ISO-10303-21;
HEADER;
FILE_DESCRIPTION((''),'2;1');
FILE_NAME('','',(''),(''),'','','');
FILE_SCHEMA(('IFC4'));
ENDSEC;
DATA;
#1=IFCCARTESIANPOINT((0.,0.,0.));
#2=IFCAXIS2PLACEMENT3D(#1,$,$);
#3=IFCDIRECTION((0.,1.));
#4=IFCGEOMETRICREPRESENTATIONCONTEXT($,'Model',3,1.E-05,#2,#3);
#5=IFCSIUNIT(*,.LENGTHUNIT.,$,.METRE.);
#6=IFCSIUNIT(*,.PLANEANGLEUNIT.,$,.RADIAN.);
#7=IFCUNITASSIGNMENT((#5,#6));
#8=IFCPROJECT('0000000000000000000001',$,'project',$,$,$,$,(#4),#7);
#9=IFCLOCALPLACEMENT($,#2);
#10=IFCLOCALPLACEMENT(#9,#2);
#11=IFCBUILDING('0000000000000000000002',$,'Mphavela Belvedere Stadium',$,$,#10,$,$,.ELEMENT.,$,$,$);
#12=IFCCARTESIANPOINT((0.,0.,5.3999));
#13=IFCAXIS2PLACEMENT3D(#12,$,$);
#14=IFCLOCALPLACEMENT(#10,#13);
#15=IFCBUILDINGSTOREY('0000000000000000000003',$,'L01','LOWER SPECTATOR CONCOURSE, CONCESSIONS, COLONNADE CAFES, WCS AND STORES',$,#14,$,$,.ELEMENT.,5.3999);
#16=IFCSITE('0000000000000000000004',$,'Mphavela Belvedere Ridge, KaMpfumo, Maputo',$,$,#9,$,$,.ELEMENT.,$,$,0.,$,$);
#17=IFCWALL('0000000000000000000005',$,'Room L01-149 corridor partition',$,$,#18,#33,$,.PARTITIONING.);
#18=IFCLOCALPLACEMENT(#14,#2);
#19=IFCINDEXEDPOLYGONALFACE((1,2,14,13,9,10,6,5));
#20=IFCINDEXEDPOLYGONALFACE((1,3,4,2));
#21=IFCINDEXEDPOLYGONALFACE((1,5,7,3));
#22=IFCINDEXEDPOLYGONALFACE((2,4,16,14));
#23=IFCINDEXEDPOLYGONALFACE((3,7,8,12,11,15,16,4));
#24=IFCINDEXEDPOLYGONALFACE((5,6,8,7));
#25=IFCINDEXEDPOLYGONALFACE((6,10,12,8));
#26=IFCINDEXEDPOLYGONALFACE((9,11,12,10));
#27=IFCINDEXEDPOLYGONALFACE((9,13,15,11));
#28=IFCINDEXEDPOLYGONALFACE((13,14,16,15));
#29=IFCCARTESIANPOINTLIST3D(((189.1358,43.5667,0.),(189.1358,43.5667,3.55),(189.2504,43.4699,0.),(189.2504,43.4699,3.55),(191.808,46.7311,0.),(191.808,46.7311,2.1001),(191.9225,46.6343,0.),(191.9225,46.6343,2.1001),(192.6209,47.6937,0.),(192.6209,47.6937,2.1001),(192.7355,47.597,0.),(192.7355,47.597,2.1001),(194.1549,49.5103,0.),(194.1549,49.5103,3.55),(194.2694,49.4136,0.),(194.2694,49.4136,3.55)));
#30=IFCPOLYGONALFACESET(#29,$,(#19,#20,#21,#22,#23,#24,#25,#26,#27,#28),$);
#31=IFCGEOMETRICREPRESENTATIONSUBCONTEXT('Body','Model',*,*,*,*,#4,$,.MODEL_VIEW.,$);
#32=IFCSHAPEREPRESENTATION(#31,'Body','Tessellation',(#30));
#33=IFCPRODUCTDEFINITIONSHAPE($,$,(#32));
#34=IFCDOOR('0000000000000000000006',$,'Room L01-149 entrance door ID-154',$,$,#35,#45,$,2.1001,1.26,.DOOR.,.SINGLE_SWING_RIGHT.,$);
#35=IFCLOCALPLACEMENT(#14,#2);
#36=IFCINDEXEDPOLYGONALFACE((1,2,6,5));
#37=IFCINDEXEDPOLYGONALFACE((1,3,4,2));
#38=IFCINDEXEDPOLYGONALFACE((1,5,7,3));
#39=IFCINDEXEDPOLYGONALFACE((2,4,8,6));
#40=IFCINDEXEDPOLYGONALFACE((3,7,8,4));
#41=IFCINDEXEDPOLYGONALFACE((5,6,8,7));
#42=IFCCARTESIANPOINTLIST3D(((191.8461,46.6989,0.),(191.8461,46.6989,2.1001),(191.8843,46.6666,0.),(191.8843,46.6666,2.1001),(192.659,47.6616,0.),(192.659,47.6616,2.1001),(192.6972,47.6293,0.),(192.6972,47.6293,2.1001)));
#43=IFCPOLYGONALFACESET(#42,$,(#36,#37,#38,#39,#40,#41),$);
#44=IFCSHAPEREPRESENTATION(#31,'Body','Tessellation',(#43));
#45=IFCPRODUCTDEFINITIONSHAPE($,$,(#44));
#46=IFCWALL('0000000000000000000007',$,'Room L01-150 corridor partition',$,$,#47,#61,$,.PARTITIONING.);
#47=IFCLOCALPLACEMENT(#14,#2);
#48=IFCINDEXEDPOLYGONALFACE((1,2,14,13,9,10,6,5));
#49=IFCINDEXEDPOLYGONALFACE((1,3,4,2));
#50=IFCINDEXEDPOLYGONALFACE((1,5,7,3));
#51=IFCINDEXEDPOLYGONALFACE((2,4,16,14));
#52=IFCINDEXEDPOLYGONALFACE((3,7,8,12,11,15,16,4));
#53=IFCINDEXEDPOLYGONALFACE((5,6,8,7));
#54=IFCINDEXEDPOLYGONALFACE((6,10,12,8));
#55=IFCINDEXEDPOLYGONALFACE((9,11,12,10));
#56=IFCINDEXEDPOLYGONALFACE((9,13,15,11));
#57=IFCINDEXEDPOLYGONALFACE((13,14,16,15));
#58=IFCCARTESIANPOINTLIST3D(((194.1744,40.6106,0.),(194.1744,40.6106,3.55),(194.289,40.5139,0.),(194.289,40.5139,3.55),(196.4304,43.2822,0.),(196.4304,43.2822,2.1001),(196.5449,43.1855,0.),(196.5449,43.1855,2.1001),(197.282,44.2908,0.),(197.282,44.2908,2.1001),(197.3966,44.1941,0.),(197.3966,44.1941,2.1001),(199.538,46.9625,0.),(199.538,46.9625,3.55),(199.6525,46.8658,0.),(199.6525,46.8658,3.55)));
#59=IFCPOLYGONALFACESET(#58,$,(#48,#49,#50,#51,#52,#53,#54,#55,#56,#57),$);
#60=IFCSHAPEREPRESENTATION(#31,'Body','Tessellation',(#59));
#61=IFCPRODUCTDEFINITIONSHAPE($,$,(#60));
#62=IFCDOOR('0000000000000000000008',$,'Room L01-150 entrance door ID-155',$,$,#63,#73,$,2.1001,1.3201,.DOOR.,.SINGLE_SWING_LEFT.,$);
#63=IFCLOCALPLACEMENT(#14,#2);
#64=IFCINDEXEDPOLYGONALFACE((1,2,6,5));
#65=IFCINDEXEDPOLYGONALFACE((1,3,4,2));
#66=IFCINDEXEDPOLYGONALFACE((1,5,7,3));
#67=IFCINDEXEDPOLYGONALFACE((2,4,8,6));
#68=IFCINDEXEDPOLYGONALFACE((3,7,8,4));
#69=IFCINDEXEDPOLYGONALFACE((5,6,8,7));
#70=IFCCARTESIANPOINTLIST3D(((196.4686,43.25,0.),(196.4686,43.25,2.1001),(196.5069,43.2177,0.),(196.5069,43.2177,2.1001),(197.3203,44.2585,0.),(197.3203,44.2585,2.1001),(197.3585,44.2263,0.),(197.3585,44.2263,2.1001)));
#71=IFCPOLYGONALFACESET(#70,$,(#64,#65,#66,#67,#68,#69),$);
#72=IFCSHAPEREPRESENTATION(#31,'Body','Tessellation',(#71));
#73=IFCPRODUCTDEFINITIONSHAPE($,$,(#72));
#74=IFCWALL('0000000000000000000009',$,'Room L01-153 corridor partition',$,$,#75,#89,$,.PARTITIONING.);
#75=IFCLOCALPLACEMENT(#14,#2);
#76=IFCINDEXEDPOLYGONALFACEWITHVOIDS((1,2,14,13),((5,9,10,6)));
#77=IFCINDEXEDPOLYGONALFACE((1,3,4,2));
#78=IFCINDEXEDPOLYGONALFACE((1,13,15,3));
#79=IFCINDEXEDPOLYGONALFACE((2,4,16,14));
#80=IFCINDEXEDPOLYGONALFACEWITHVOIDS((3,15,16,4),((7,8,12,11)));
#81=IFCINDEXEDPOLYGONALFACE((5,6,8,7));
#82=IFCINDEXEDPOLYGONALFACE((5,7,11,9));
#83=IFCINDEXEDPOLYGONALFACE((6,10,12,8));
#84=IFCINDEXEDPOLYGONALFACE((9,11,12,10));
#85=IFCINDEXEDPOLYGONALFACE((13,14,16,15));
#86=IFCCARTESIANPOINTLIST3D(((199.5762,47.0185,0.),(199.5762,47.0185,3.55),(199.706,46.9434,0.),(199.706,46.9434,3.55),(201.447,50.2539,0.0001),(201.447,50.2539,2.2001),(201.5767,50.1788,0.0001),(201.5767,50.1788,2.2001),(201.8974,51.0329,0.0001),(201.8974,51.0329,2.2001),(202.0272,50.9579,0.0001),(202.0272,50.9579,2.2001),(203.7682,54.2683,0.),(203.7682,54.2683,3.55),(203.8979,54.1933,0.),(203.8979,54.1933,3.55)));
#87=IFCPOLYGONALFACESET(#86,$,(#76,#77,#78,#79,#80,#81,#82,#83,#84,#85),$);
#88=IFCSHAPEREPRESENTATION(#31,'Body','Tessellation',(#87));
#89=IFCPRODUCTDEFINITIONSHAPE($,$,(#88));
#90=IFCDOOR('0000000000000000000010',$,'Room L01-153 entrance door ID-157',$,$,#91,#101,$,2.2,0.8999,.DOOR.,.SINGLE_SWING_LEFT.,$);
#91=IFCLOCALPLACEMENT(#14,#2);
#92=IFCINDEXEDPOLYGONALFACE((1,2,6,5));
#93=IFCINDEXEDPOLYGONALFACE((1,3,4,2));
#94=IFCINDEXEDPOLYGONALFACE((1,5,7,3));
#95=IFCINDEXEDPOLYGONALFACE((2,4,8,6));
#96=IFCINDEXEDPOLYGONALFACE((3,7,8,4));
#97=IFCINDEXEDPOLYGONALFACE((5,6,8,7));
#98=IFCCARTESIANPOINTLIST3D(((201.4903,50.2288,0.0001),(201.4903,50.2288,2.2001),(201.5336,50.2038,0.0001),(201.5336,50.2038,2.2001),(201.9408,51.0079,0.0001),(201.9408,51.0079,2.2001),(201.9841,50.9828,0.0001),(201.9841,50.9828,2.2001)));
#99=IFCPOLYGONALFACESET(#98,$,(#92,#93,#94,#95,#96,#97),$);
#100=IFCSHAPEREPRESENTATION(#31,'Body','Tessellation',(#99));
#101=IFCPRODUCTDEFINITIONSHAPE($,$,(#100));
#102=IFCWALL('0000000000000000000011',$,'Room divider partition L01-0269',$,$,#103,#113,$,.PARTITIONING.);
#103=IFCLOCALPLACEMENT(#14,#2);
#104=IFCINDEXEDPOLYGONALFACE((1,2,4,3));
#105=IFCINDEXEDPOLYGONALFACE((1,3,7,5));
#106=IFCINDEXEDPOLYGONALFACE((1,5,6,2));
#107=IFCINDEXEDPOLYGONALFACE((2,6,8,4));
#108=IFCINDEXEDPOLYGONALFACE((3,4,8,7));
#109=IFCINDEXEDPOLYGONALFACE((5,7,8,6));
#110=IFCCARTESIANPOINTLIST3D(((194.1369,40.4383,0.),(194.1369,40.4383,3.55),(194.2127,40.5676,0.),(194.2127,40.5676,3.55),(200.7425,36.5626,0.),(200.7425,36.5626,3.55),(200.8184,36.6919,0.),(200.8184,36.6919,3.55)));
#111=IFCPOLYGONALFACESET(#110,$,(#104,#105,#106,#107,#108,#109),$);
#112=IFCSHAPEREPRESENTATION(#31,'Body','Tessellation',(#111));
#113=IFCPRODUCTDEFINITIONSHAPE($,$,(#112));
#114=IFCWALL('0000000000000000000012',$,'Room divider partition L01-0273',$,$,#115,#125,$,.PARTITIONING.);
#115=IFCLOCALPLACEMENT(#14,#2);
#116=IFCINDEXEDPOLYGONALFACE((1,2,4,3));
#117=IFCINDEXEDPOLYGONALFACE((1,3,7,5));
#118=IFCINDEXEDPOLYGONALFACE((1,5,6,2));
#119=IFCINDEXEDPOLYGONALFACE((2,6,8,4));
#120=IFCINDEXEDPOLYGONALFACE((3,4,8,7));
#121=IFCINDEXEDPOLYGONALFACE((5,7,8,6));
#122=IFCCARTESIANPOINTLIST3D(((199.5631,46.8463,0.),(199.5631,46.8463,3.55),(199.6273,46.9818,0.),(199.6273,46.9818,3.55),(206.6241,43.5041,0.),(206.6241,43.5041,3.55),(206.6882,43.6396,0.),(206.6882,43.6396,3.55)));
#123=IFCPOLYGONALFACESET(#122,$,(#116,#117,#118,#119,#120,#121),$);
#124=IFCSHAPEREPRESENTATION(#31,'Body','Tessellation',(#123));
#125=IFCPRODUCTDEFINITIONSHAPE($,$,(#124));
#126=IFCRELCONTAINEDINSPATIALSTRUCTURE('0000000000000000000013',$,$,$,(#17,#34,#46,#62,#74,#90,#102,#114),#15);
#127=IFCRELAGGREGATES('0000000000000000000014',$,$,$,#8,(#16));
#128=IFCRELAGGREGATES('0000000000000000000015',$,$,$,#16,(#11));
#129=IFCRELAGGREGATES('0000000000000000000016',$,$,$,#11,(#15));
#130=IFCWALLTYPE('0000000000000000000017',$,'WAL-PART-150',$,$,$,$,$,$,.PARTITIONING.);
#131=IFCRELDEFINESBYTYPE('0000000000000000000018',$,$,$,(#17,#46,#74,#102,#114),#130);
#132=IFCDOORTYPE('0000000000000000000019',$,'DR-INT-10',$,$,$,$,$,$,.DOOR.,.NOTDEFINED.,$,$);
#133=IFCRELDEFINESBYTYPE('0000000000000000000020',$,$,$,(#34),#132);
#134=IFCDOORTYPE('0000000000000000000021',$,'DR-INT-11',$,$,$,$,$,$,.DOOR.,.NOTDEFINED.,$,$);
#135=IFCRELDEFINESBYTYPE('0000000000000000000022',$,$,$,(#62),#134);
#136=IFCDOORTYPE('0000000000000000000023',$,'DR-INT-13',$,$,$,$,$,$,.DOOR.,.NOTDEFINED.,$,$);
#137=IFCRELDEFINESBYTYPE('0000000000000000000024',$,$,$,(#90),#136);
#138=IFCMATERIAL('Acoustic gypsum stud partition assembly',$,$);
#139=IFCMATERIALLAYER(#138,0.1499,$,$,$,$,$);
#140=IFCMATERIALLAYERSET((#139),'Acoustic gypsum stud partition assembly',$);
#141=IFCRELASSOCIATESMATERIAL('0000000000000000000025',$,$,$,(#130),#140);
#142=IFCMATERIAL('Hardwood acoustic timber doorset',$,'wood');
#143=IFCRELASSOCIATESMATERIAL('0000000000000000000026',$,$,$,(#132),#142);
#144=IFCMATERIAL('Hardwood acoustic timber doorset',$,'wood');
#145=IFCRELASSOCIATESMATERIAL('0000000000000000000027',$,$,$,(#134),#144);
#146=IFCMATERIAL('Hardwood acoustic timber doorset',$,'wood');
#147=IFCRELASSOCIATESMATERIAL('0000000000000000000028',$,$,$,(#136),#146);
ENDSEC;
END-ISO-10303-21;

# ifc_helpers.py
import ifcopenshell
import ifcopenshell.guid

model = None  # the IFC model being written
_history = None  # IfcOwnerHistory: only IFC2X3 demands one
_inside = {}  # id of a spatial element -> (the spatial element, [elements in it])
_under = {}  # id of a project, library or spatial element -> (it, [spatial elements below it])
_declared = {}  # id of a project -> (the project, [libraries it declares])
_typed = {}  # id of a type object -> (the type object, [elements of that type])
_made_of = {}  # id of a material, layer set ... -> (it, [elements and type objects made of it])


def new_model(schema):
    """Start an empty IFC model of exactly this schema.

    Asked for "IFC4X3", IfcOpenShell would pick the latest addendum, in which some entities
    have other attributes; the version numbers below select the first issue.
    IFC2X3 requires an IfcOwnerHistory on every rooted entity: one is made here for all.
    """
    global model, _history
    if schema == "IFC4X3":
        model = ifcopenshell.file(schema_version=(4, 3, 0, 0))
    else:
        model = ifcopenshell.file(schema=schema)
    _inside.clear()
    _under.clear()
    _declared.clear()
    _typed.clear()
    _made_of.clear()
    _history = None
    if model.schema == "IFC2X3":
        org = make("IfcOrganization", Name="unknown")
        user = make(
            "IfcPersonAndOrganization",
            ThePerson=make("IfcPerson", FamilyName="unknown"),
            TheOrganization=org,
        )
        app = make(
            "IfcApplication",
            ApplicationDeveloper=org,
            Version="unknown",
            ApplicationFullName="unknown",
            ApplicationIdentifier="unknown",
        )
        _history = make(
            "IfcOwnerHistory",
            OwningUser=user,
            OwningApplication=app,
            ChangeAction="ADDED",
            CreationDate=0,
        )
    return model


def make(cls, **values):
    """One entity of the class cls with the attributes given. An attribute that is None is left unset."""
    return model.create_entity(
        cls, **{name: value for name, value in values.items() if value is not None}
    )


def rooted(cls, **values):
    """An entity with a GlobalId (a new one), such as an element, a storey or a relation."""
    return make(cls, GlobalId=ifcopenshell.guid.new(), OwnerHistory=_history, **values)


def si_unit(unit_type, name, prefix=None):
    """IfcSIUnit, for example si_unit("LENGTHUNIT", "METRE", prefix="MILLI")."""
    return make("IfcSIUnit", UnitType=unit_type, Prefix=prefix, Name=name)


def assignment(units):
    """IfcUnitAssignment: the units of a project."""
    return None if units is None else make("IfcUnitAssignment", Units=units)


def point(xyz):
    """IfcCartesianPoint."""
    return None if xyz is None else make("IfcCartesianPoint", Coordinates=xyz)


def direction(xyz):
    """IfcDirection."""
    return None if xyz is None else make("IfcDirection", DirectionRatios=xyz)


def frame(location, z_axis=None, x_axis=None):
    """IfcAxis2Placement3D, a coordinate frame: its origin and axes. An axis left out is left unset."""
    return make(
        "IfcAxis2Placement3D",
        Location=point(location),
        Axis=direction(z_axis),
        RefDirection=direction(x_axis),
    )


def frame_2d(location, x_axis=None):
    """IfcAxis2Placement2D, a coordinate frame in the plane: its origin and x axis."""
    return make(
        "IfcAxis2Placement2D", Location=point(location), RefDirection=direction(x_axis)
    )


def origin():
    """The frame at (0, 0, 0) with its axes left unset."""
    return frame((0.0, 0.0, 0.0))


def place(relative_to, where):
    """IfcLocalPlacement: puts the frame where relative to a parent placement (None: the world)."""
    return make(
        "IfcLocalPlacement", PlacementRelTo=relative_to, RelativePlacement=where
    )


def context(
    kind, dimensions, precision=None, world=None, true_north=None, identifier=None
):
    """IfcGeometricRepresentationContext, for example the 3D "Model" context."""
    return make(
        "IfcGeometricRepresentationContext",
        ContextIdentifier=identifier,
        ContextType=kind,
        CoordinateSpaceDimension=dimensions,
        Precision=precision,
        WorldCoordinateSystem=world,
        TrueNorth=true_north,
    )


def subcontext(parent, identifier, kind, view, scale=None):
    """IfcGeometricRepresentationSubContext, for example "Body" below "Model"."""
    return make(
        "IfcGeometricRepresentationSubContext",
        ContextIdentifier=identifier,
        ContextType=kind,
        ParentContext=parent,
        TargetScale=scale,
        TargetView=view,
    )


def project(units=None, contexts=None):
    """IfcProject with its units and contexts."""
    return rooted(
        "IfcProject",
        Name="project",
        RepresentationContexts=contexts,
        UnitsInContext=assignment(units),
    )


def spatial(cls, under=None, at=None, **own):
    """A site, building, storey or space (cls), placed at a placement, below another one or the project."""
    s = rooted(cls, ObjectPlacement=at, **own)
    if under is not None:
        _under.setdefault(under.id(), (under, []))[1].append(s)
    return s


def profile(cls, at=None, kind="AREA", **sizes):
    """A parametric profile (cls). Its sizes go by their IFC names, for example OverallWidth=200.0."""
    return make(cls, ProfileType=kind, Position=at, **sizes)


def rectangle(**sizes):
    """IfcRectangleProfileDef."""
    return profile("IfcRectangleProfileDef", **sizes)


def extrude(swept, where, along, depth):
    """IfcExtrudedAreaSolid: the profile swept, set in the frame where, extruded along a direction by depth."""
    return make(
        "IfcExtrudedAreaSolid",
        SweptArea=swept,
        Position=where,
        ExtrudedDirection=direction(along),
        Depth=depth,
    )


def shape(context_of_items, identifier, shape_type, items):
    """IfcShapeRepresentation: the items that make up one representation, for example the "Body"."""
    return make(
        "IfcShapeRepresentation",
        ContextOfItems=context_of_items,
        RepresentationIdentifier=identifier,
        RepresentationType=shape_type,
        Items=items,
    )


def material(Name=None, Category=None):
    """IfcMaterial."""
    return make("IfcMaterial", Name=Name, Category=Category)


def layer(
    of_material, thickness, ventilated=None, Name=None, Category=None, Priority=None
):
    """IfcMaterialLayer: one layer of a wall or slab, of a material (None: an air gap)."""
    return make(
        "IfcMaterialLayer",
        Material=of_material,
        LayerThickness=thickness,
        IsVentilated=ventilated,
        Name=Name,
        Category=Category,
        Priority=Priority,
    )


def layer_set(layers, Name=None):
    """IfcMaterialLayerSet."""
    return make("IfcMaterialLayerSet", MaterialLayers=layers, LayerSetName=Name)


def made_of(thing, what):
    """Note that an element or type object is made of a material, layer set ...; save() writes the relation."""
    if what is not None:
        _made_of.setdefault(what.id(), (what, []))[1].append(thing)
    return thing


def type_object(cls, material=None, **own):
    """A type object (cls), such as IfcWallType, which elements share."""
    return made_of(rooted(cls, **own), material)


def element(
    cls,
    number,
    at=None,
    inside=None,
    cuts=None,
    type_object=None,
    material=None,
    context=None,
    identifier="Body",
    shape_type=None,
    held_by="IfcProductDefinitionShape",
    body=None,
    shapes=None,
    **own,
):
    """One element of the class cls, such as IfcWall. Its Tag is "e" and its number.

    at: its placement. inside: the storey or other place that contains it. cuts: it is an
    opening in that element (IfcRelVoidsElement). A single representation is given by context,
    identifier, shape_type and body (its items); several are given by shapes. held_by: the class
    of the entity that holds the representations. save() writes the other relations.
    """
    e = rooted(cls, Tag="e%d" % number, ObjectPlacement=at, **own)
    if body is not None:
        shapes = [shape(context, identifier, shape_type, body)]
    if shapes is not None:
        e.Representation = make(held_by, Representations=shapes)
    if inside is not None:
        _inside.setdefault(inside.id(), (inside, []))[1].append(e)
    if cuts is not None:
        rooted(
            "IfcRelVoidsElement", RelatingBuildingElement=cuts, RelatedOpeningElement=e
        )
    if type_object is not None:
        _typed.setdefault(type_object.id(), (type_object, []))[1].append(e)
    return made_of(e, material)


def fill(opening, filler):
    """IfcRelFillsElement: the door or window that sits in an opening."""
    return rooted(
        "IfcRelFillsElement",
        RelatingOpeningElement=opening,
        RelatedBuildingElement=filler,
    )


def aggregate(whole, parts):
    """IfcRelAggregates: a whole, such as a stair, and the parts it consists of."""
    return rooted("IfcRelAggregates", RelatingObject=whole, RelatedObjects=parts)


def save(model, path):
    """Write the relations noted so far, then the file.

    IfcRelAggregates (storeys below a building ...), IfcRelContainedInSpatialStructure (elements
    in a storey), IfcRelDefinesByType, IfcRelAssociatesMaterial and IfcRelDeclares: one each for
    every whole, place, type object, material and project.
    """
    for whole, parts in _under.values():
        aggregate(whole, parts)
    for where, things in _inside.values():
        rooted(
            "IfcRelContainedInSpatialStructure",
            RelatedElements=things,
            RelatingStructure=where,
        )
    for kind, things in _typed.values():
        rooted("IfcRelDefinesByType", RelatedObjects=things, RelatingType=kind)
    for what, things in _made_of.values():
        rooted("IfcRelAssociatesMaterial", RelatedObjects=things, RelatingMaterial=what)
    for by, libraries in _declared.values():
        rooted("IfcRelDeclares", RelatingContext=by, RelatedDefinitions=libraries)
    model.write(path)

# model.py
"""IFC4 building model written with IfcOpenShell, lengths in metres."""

from ifc_helpers import new_model, si_unit, direction, frame, frame_2d, origin, place, context, subcontext, project, spatial, rectangle, extrude, material, layer, layer_set, type_object, element, fill, save


model = new_model("IFC4")

# Units and contexts
model_context = context("Model", 3, precision=1e-05, world=origin(), true_north=direction((0.0, 1.0)))
body_context = subcontext(model_context, "Body", "Model", "MODEL_VIEW")
ifc_project = project(units=[si_unit("LENGTHUNIT", "METRE"), si_unit("PLANEANGLEUNIT", "RADIAN")], contexts=[model_context])

# Site, building, storey
site_placement = place(None, origin())
site = spatial("IfcSite", under=ifc_project, at=site_placement, Name="Mphavela Belvedere Ridge, KaMpfumo, Maputo", CompositionType="ELEMENT", RefElevation=0.0)
building_placement = place(site_placement, origin())
building = spatial("IfcBuilding", under=site, at=building_placement, Name="Mphavela Belvedere Stadium", CompositionType="ELEMENT")
storey_placement = place(building_placement, frame((0.0, 0.0, 5.3999)))
storey = spatial("IfcBuildingStorey", under=building, at=storey_placement, Name="L01", Description="LOWER SPECTATOR CONCOURSE, CONCESSIONS, COLONNADE CAFES, WCS AND STORES", CompositionType="ELEMENT", Elevation=5.3999)

# Walls, openings, doors
ifc_material_1 = material(Name="Acoustic gypsum stud partition assembly")
ifc_layer_1 = layer(ifc_material_1, 0.1499)
ifc_layer_set_1 = layer_set([ifc_layer_1], Name="Acoustic gypsum stud partition assembly")
wall_type = type_object("IfcWallType", Name="WAL-PART-150", PredefinedType="PARTITIONING", material=ifc_layer_set_1)
wall_1_placement = place(storey_placement, frame((194.2122, 49.4619, 0.0), z_axis=(0.0, 0.0, 1.0), x_axis=(-0.645181, -0.76403, 0.0)))
wall_1 = element("IfcWall", 1, at=wall_1_placement, inside=storey, type_object=wall_type, Name="Room L01-149 corridor partition", PredefinedType="PARTITIONING", context=body_context, shape_type="SweptSolid", body=[
    extrude(rectangle(XDim=7.7793, YDim=0.1499, at=frame_2d((3.8896, 0.0))), origin(), (0.0, 0.0, 1.0), 3.55),
])
opening_1_placement = place(wall_1_placement, frame((2.3777, 0.0, 0.0)))
opening_1 = element("IfcOpeningElement", 2, at=opening_1_placement, cuts=wall_1, PredefinedType="OPENING", context=body_context, shape_type="SweptSolid", body=[
    extrude(rectangle(XDim=1.26, YDim=2.1001, at=frame_2d((0.6299, 1.05))), frame((0.0, 0.085, 0.0), z_axis=(0.0, -1.0, 0.0), x_axis=(1.0, 0.0, 0.0)), (0.0, 0.0, 1.0), 0.1699),
])
ifc_material_2 = material(Name="Hardwood acoustic timber doorset", Category="wood")
door_type_1 = type_object("IfcDoorType", Name="DR-INT-10", OperationType="NOTDEFINED", PredefinedType="DOOR", material=ifc_material_2)
door_1_placement = place(opening_1_placement, origin())
door_1 = element("IfcDoor", 3, at=door_1_placement, inside=storey, type_object=door_type_1, Name="Room L01-149 entrance door ID-154", OperationType="SINGLE_SWING_RIGHT", OverallHeight=2.1001, OverallWidth=1.26, PredefinedType="DOOR", context=body_context, shape_type="SweptSolid", body=[
    extrude(rectangle(XDim=1.26, YDim=2.1001, at=frame_2d((0.6299, 1.05))), frame((0.0, 0.0249, 0.0), z_axis=(0.0, -1.0, 0.0), x_axis=(1.0, 0.0, 0.0)), (0.0, 0.0, 1.0), 0.05),
])
fill(opening_1, door_1)
wall_2_placement = place(storey_placement, frame((194.2317, 40.5623, 0.0), z_axis=(0.0, 0.0, 1.0), x_axis=(0.645165, 0.764043, 0.0)))
wall_2 = element("IfcWall", 4, at=wall_2_placement, inside=storey, type_object=wall_type, Name="Room L01-150 corridor partition", PredefinedType="PARTITIONING", context=body_context, shape_type="SweptSolid", body=[
    extrude(rectangle(XDim=8.3135, YDim=0.1499, at=frame_2d((4.1567, 0.0))), origin(), (0.0, 0.0, 1.0), 3.55),
])
opening_2_placement = place(wall_2_placement, frame((3.4966, 0.0, 0.0)))
opening_2 = element("IfcOpeningElement", 5, at=opening_2_placement, cuts=wall_2, PredefinedType="OPENING", context=body_context, shape_type="SweptSolid", body=[
    extrude(rectangle(XDim=1.3201, YDim=2.1001, at=frame_2d((0.6602, 1.05))), frame((0.0, 0.085, 0.0), z_axis=(0.0, -1.0, 0.0), x_axis=(1.0, 0.0, 0.0)), (0.0, 0.0, 1.0), 0.1699),
])
ifc_material_3 = material(Name="Hardwood acoustic timber doorset", Category="wood")
door_type_2 = type_object("IfcDoorType", Name="DR-INT-11", OperationType="NOTDEFINED", PredefinedType="DOOR", material=ifc_material_3)
door_2_placement = place(opening_2_placement, origin())
door_2 = element("IfcDoor", 6, at=door_2_placement, inside=storey, type_object=door_type_2, Name="Room L01-150 entrance door ID-155", OperationType="SINGLE_SWING_LEFT", OverallHeight=2.1001, OverallWidth=1.3201, PredefinedType="DOOR", context=body_context, shape_type="SweptSolid", body=[
    extrude(rectangle(XDim=1.3201, YDim=2.1001, at=frame_2d((0.6602, 1.05))), frame((0.0, 0.0249, 0.0), z_axis=(0.0, -1.0, 0.0), x_axis=(1.0, 0.0, 0.0)), (0.0, 0.0, 1.0), 0.05),
])
fill(opening_2, door_2)
wall_3_placement = place(storey_placement, frame((199.6411, 46.981, 0.0), z_axis=(0.0, 0.0, 1.0), x_axis=(0.500559, 0.865702, 0.0)))
wall_3 = element("IfcWall", 7, at=wall_3_placement, inside=storey, type_object=wall_type, Name="Room L01-153 corridor partition", PredefinedType="PARTITIONING", context=body_context, shape_type="SweptSolid", body=[
    extrude(rectangle(XDim=8.3745, YDim=0.1499, at=frame_2d((4.1873, 0.0))), origin(), (0.0, 0.0, 1.0), 3.55),
])
opening_3_placement = place(wall_3_placement, frame((3.7373, 0.0, 0.0)))
opening_3 = element("IfcOpeningElement", 8, at=opening_3_placement, cuts=wall_3, PredefinedType="OPENING", context=body_context, shape_type="SweptSolid", body=[
    extrude(rectangle(XDim=0.8999, YDim=2.2, at=frame_2d((0.45, 1.1001))), frame((0.0, 0.085, 0.0), z_axis=(0.0, -1.0, 0.0), x_axis=(1.0, 0.0, 0.0)), (0.0, 0.0, 1.0), 0.1699),
])
ifc_material_4 = material(Name="Hardwood acoustic timber doorset", Category="wood")
door_type_3 = type_object("IfcDoorType", Name="DR-INT-13", OperationType="NOTDEFINED", PredefinedType="DOOR", material=ifc_material_4)
door_3_placement = place(opening_3_placement, origin())
door_3 = element("IfcDoor", 9, at=door_3_placement, inside=storey, type_object=door_type_3, Name="Room L01-153 entrance door ID-157", OperationType="SINGLE_SWING_LEFT", OverallHeight=2.2, OverallWidth=0.8999, PredefinedType="DOOR", context=body_context, shape_type="SweptSolid", body=[
    extrude(rectangle(XDim=0.8999, YDim=2.2, at=frame_2d((0.45, 1.1001))), frame((0.0, 0.0249, 0.0), z_axis=(0.0, -1.0, 0.0), x_axis=(1.0, 0.0, 0.0)), (0.0, 0.0, 1.0), 0.05),
])
fill(opening_3, door_3)

# Walls
wall_4_placement = place(storey_placement, frame((194.1748, 40.5029, 0.0), z_axis=(0.0, 0.0, 1.0), x_axis=(0.862503, -0.506052, 0.0)))
element("IfcWall", 10, at=wall_4_placement, inside=storey, type_object=wall_type, Name="Room divider partition L01-0269", PredefinedType="PARTITIONING", context=body_context, shape_type="SweptSolid", body=[
    extrude(rectangle(XDim=7.6587, YDim=0.1499, at=frame_2d((3.8293, 0.0))), origin(), (0.0, 0.0, 1.0), 3.55),
])
wall_5_placement = place(storey_placement, frame((199.5952, 46.9141, 0.0), z_axis=(0.0, 0.0, 1.0), x_axis=(0.903857, -0.427834, 0.0)))
element("IfcWall", 11, at=wall_5_placement, inside=storey, type_object=wall_type, Name="Room divider partition L01-0273", PredefinedType="PARTITIONING", context=body_context, shape_type="SweptSolid", body=[
    extrude(rectangle(XDim=7.812, YDim=0.1499, at=frame_2d((3.906, 0.0))), origin(), (0.0, 0.0, 1.0), 3.55),
])

save(model, "model.ifc")
